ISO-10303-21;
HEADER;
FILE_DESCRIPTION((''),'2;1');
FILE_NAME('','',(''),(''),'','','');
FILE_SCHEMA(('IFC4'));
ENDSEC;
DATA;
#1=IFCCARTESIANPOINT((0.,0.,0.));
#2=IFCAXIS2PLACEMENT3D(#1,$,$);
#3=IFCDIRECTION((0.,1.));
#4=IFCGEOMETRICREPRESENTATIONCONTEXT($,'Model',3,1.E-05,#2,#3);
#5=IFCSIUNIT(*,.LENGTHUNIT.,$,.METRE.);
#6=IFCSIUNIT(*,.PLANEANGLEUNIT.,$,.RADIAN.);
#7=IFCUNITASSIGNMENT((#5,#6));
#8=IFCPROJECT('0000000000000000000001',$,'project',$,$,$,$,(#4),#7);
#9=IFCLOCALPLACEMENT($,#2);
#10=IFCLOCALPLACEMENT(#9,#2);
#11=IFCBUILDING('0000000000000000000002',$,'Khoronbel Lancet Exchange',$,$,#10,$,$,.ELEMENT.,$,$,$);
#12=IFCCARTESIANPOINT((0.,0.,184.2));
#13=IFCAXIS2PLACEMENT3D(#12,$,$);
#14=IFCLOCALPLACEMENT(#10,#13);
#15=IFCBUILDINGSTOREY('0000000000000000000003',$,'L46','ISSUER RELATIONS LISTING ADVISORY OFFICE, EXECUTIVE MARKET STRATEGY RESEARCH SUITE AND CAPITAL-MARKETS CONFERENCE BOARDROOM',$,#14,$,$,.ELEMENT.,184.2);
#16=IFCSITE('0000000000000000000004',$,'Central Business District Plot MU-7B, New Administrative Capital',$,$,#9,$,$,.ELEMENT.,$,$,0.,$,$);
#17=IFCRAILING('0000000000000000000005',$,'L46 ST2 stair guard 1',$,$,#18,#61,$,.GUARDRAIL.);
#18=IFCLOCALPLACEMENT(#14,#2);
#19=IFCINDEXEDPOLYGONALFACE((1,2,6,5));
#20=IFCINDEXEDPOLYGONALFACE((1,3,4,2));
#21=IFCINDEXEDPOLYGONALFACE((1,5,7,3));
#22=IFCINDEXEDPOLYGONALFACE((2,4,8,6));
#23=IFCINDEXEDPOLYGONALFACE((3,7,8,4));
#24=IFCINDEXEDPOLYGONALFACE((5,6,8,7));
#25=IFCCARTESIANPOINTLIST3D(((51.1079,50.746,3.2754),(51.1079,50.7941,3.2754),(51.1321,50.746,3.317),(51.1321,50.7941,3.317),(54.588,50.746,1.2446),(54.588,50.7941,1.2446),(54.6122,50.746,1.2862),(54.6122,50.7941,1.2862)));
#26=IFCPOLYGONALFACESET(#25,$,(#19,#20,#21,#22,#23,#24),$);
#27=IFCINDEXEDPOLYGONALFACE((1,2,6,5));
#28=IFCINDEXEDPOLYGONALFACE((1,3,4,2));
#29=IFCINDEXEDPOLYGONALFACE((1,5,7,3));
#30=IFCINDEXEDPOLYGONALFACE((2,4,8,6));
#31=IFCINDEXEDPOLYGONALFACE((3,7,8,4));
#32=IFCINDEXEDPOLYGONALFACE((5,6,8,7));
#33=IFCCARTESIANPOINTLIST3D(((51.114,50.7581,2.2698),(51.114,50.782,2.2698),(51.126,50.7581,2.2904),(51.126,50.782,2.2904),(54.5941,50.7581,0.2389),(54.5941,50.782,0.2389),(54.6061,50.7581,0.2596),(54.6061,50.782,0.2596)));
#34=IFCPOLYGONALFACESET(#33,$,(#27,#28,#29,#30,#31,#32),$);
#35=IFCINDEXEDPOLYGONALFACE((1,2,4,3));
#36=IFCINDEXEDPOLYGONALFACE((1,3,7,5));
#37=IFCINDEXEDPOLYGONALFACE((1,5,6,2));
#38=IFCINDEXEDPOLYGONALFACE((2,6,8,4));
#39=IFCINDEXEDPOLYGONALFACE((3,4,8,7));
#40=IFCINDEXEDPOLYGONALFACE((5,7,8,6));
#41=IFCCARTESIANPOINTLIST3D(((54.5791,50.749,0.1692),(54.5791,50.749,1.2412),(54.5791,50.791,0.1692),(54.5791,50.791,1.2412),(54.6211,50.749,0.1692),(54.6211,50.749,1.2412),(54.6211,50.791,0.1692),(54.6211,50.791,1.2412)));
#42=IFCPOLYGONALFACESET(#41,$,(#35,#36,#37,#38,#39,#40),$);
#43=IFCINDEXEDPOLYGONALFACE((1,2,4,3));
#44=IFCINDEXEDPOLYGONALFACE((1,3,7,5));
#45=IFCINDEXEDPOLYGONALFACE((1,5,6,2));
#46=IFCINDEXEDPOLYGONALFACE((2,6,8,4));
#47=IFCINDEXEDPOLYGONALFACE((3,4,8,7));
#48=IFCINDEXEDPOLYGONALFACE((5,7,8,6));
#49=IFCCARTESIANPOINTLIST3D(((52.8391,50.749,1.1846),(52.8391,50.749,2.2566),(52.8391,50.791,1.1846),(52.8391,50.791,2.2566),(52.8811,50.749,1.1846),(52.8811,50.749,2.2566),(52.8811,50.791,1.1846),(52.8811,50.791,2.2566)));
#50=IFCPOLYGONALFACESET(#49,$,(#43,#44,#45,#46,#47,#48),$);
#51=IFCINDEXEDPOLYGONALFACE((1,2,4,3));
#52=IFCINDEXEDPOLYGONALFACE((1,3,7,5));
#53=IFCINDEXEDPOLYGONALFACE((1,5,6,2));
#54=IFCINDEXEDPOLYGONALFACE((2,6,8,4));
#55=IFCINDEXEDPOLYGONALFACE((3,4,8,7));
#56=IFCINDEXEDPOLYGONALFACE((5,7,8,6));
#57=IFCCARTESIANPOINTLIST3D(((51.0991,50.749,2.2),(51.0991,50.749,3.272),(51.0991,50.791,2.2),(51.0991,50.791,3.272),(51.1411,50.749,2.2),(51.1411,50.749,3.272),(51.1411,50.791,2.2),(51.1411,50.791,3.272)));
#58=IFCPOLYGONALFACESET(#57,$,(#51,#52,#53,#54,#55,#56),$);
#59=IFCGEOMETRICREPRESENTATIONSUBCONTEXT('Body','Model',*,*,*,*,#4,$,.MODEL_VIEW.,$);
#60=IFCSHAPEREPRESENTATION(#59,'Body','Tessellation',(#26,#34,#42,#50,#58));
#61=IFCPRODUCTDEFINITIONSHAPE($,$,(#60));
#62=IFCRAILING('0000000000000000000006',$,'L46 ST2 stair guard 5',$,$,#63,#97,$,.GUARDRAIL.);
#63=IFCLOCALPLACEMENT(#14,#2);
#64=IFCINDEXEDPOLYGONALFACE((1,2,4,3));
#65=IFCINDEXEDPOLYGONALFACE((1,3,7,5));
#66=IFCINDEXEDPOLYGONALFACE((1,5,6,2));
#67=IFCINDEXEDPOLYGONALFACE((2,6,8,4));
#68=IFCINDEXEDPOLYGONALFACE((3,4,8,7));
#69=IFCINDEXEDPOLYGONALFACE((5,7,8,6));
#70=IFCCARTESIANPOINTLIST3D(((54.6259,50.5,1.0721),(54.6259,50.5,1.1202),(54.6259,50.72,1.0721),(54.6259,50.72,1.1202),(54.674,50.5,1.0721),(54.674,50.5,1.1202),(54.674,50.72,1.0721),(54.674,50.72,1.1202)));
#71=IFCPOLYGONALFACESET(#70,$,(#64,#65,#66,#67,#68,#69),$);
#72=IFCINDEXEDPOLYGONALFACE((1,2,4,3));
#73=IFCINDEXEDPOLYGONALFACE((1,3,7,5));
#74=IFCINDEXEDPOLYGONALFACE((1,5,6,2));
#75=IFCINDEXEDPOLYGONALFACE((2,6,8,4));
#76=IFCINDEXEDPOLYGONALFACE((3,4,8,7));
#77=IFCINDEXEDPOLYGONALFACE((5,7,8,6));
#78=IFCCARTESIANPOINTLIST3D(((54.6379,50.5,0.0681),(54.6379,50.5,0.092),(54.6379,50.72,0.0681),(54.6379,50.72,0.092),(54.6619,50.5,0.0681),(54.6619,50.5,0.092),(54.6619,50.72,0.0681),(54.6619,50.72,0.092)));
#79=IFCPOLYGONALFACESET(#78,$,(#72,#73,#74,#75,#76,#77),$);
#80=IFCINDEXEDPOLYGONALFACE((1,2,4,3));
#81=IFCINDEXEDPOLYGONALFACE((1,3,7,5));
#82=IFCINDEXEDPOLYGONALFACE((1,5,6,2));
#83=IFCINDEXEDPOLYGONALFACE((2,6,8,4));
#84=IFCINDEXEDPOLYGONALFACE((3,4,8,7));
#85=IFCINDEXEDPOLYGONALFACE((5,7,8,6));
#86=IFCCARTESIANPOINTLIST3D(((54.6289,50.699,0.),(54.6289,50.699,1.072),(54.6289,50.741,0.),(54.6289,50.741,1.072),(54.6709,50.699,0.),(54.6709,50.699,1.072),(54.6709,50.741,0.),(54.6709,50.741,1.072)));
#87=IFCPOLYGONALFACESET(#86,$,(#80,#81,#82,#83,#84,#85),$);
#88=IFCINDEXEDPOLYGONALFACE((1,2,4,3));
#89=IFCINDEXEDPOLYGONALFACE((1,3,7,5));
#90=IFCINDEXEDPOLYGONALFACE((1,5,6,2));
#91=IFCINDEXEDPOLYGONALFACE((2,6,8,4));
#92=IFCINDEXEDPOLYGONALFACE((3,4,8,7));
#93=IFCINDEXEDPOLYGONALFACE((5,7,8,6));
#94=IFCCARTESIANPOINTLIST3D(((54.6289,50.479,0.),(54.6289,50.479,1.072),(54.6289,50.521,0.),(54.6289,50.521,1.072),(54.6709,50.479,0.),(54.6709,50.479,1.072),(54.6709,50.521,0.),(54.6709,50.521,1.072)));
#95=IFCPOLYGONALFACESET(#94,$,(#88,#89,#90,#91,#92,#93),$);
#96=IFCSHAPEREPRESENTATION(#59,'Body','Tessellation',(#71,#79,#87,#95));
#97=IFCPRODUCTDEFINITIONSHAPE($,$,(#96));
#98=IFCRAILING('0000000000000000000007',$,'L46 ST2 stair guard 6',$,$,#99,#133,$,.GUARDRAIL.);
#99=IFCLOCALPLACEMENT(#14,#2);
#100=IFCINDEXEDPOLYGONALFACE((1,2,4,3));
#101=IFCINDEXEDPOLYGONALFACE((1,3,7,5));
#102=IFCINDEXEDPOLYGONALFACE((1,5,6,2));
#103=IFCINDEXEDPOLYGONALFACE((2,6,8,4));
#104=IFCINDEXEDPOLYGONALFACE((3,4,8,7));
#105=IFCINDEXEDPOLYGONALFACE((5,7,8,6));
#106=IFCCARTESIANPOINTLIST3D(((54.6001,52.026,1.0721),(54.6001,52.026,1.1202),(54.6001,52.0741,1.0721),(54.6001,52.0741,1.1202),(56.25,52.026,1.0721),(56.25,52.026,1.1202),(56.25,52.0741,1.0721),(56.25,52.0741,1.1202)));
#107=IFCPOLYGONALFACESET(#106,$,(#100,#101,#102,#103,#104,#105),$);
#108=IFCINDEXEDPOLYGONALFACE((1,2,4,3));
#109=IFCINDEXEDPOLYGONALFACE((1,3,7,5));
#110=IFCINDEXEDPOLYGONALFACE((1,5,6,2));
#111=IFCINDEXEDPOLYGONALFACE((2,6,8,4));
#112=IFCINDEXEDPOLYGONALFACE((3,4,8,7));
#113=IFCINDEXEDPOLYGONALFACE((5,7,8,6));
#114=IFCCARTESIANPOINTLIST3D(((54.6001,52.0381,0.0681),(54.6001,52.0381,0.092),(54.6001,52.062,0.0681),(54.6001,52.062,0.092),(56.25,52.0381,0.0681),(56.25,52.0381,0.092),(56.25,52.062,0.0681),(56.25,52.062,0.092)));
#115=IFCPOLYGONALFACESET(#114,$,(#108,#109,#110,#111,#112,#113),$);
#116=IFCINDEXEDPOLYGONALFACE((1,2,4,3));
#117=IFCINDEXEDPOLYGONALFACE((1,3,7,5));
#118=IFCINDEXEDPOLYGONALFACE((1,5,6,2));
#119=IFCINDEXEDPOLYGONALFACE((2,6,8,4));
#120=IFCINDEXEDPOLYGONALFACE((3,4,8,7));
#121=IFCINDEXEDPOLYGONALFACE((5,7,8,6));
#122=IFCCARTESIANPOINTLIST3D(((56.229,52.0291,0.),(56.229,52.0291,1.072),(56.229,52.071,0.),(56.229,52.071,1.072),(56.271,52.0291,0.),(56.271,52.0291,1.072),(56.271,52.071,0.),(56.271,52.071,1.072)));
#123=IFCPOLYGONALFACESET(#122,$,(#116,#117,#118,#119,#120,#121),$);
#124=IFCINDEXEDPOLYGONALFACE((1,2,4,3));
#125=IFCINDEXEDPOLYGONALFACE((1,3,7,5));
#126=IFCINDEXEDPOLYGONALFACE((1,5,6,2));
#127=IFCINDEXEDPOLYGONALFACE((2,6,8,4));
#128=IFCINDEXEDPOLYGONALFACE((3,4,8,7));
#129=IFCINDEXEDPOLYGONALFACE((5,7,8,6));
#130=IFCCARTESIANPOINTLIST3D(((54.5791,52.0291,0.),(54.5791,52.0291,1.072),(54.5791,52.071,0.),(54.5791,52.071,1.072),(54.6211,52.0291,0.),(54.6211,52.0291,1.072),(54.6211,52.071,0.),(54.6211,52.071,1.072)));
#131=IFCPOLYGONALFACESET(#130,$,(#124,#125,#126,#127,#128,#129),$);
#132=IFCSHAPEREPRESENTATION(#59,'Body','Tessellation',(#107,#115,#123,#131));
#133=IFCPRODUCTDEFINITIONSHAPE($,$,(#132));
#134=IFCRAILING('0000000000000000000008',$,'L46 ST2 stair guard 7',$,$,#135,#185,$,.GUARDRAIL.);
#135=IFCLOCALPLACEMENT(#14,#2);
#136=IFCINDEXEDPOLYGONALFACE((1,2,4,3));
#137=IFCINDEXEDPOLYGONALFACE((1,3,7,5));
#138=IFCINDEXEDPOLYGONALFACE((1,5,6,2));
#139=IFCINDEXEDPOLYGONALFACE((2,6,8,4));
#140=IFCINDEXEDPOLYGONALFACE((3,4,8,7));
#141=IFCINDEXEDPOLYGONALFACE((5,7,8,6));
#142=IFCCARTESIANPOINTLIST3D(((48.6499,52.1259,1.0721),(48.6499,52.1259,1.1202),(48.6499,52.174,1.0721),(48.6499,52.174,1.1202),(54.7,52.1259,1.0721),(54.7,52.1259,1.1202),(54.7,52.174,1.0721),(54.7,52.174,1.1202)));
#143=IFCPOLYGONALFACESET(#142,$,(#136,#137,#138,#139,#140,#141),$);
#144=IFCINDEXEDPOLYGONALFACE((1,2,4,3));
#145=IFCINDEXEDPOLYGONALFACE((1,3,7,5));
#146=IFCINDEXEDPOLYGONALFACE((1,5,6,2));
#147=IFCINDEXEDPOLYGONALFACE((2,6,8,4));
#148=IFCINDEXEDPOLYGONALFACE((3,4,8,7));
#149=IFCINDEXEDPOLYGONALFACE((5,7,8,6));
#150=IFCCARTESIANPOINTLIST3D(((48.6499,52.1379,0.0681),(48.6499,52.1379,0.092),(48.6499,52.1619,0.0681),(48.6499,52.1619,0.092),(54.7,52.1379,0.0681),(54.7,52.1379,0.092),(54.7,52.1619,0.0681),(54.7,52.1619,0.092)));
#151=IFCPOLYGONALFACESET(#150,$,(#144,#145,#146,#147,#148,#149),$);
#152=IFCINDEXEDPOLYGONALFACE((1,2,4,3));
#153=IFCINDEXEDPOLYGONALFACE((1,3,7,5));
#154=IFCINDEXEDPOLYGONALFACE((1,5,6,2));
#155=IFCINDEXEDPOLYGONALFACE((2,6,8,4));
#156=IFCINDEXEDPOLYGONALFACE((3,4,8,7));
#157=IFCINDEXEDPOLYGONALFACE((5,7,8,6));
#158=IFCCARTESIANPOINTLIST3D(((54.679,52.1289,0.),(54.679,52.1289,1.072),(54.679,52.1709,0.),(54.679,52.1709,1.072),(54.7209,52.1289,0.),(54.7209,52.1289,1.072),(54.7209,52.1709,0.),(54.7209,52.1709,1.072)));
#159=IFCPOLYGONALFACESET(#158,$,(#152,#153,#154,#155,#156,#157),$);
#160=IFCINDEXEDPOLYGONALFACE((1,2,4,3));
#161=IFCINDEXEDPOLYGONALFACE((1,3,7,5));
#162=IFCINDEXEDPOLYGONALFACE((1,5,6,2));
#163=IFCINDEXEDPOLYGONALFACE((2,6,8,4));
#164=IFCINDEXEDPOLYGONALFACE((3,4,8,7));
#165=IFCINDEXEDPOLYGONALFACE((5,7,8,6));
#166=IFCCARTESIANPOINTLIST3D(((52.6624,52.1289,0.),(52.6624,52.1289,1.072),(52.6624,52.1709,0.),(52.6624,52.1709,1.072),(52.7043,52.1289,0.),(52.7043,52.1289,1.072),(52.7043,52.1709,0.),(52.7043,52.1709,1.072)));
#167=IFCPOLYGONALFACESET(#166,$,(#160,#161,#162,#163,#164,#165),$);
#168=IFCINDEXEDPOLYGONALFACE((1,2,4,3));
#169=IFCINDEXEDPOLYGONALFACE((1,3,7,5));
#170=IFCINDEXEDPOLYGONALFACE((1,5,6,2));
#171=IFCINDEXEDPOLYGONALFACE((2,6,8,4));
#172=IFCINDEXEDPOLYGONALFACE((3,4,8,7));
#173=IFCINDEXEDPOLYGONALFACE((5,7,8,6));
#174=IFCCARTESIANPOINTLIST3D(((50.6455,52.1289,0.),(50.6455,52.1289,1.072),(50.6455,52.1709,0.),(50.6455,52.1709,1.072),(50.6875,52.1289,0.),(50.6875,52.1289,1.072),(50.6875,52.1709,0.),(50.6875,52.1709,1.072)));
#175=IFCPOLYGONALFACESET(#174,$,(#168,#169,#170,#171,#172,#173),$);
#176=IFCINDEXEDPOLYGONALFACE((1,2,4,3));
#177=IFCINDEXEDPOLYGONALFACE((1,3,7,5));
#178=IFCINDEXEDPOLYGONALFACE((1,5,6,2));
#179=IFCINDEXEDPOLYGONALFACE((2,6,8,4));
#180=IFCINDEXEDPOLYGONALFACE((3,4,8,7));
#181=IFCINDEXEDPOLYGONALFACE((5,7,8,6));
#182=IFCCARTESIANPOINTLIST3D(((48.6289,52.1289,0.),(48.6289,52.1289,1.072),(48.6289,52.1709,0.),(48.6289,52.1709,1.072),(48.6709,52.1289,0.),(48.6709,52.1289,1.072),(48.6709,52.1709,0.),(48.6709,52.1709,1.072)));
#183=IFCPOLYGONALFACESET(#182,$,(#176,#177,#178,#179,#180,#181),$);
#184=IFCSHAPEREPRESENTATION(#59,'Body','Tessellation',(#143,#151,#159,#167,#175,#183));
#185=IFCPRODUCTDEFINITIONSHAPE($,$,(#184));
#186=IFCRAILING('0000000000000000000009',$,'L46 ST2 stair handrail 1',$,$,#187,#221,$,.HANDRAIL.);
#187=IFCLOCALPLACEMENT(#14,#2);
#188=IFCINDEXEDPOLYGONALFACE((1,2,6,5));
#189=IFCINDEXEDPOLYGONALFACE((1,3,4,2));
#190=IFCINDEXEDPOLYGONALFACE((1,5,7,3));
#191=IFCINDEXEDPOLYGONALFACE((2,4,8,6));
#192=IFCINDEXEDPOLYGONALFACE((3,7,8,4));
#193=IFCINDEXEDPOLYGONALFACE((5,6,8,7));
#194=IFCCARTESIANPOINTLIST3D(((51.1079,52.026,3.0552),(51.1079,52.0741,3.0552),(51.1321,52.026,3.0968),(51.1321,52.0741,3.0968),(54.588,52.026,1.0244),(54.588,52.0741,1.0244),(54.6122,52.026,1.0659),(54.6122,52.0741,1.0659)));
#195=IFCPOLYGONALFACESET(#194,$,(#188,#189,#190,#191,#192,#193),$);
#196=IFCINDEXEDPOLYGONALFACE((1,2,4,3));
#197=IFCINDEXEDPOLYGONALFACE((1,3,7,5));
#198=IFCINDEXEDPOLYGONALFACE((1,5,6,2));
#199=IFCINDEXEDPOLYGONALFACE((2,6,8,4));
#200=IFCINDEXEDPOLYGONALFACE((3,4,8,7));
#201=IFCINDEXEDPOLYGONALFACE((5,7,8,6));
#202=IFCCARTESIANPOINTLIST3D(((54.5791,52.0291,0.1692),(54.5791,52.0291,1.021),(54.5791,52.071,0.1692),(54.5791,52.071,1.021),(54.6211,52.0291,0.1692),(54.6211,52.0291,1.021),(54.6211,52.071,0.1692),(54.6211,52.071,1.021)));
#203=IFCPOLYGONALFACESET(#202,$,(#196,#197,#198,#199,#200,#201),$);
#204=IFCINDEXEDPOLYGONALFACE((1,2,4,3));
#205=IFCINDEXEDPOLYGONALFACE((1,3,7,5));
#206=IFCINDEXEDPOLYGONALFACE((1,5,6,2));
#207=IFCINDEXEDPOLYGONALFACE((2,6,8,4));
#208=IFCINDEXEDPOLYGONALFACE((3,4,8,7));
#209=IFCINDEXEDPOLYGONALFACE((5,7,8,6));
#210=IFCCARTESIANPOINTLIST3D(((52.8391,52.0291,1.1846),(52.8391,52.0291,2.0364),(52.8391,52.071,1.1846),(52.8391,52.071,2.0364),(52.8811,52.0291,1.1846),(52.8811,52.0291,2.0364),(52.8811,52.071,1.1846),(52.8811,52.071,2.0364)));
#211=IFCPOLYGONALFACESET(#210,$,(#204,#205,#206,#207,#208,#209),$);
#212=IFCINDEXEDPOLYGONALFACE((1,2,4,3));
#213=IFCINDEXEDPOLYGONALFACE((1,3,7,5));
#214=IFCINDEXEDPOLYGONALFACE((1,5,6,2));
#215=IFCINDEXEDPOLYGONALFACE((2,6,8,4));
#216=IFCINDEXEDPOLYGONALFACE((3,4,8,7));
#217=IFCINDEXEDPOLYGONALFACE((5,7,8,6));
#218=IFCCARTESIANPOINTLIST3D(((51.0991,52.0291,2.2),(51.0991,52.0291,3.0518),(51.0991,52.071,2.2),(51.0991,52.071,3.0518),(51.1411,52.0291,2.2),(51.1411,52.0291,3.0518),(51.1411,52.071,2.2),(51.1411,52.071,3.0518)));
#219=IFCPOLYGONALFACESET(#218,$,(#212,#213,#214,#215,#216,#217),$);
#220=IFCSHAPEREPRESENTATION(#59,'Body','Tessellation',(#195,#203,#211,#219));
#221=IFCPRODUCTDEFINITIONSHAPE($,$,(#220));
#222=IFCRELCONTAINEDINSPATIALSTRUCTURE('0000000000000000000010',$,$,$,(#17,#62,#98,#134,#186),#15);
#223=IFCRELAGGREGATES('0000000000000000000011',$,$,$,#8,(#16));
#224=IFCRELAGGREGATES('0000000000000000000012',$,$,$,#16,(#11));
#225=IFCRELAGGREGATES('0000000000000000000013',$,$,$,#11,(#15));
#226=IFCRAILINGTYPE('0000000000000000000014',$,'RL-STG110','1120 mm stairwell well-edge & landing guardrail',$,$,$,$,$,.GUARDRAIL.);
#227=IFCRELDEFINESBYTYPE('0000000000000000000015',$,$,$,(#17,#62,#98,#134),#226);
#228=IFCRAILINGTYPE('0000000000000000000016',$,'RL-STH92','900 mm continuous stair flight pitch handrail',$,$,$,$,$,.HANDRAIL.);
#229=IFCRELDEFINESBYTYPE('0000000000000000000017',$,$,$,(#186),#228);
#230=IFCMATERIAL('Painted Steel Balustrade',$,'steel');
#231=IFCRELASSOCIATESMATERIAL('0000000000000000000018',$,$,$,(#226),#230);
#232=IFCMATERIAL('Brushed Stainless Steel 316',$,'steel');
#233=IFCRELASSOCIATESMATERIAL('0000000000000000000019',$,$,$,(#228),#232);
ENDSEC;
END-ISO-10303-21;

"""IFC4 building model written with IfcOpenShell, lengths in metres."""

from ifc_helpers import new_model, si_unit, direction, frame, origin, origin_2d, place, context, subcontext, project, spatial, rectangle, extrude, material, type_object, element, save


model = new_model("IFC4")

# Units and contexts
model_context = context("Model", 3, precision=1e-05, world=origin(), true_north=direction((0.0, 1.0)))
body_context = subcontext(model_context, "Body", "Model", "MODEL_VIEW")
ifc_project = project(units=[si_unit("LENGTHUNIT", "METRE"), si_unit("PLANEANGLEUNIT", "RADIAN")], contexts=[model_context])

# Site, building, storey
site_placement = place(None, origin())
site = spatial("IfcSite", under=ifc_project, at=site_placement, Name="Central Business District Plot MU-7B, New Administrative Capital", CompositionType="ELEMENT", RefElevation=0.0)
building_placement = place(site_placement, origin())
building = spatial("IfcBuilding", under=site, at=building_placement, Name="Khoronbel Lancet Exchange", CompositionType="ELEMENT")
storey_placement = place(building_placement, frame((0.0, 0.0, 184.2)))
storey = spatial("IfcBuildingStorey", under=building, at=storey_placement, Name="L46", Description="ISSUER RELATIONS LISTING ADVISORY OFFICE, EXECUTIVE MARKET STRATEGY RESEARCH SUITE AND CAPITAL-MARKETS CONFERENCE BOARDROOM", CompositionType="ELEMENT", Elevation=184.2)

# Railings
ifc_material_1 = material(Name="Painted Steel Balustrade", Category="steel")
railing_type_1 = type_object("IfcRailingType", Name="RL-STG110", Description="1120 mm stairwell well-edge & landing guardrail", PredefinedType="GUARDRAIL", material=ifc_material_1)
railing_1_placement = place(storey_placement, frame((54.6001, 50.77, 0.1692)))
element("IfcRailing", 1, at=railing_1_placement, inside=storey, type_object=railing_type_1, Name="L46 ST2 stair guard 1", PredefinedType="GUARDRAIL", context=body_context, shape_type="SweptSolid", body=[
    extrude(rectangle(XDim=0.0481, YDim=0.0481, at=origin_2d()), frame((0.0, 0.0, 1.0962), z_axis=(-0.863695, 0.0, 0.504014), x_axis=(0.0, -1.0, 0.0)), (0.0, 0.0, 1.0), 4.0293),
    extrude(rectangle(XDim=0.0239, YDim=0.0239, at=origin_2d()), frame((0.0, 0.0, 0.0801), z_axis=(-0.863695, 0.0, 0.504014), x_axis=(0.0, -1.0, 0.0)), (0.0, 0.0, 1.0), 4.0293),
    extrude(rectangle(XDim=0.042, YDim=0.042, at=origin_2d()), origin(), (0.0, 0.0, 1.0), 1.072),
    extrude(rectangle(XDim=0.042, YDim=0.042, at=origin_2d()), frame((-1.74, 0.0, 1.0154)), (0.0, 0.0, 1.0), 1.072),
    extrude(rectangle(XDim=0.042, YDim=0.042, at=origin_2d()), frame((-3.48, 0.0, 2.0308)), (0.0, 0.0, 1.0), 1.072),
])
railing_2_placement = place(storey_placement, frame((54.6499, 50.72, 0.0)))
element("IfcRailing", 2, at=railing_2_placement, inside=storey, type_object=railing_type_1, Name="L46 ST2 stair guard 5", PredefinedType="GUARDRAIL", context=body_context, shape_type="SweptSolid", body=[
    extrude(rectangle(XDim=0.0481, YDim=0.0481, at=origin_2d()), frame((0.0, 0.0, 1.0962), z_axis=(0.0, -1.0, 0.0), x_axis=(1.0, 0.0, 0.0)), (0.0, 0.0, 1.0), 0.22),
    extrude(rectangle(XDim=0.0239, YDim=0.0239, at=origin_2d()), frame((0.0, 0.0, 0.0801), z_axis=(0.0, -1.0, 0.0), x_axis=(1.0, 0.0, 0.0)), (0.0, 0.0, 1.0), 0.22),
    extrude(rectangle(XDim=0.042, YDim=0.042, at=origin_2d()), origin(), (0.0, 0.0, 1.0), 1.072),
    extrude(rectangle(XDim=0.042, YDim=0.042, at=origin_2d()), frame((0.0, -0.22, 0.0)), (0.0, 0.0, 1.0), 1.072),
])
railing_3_placement = place(storey_placement, frame((56.25, 52.05, 0.0)))
element("IfcRailing", 3, at=railing_3_placement, inside=storey, type_object=railing_type_1, Name="L46 ST2 stair guard 6", PredefinedType="GUARDRAIL", context=body_context, shape_type="SweptSolid", body=[
    extrude(rectangle(XDim=0.0481, YDim=0.0481, at=origin_2d()), frame((0.0, 0.0, 1.0962), z_axis=(-1.0, 0.0, 0.0), x_axis=(0.0, -1.0, 0.0)), (0.0, 0.0, 1.0), 1.6499),
    extrude(rectangle(XDim=0.0239, YDim=0.0239, at=origin_2d()), frame((0.0, 0.0, 0.0801), z_axis=(-1.0, 0.0, 0.0), x_axis=(0.0, -1.0, 0.0)), (0.0, 0.0, 1.0), 1.6499),
    extrude(rectangle(XDim=0.042, YDim=0.042, at=origin_2d()), origin(), (0.0, 0.0, 1.0), 1.072),
    extrude(rectangle(XDim=0.042, YDim=0.042, at=origin_2d()), frame((-1.6499, 0.0, 0.0)), (0.0, 0.0, 1.0), 1.072),
])
railing_4_placement = place(storey_placement, frame((54.7, 52.1499, 0.0)))
element("IfcRailing", 4, at=railing_4_placement, inside=storey, type_object=railing_type_1, Name="L46 ST2 stair guard 7", PredefinedType="GUARDRAIL", context=body_context, shape_type="SweptSolid", body=[
    extrude(rectangle(XDim=0.0481, YDim=0.0481, at=origin_2d()), frame((0.0, 0.0, 1.0962), z_axis=(-1.0, 0.0, 0.0), x_axis=(0.0, -1.0, 0.0)), (0.0, 0.0, 1.0), 6.05),
    extrude(rectangle(XDim=0.0239, YDim=0.0239, at=origin_2d()), frame((0.0, 0.0, 0.0801), z_axis=(-1.0, 0.0, 0.0), x_axis=(0.0, -1.0, 0.0)), (0.0, 0.0, 1.0), 6.05),
    extrude(rectangle(XDim=0.042, YDim=0.042, at=origin_2d()), origin(), (0.0, 0.0, 1.0), 1.072),
    extrude(rectangle(XDim=0.042, YDim=0.042, at=origin_2d()), frame((-2.0166, 0.0, 0.0)), (0.0, 0.0, 1.0), 1.072),
    extrude(rectangle(XDim=0.042, YDim=0.042, at=origin_2d()), frame((-4.0334, 0.0, 0.0)), (0.0, 0.0, 1.0), 1.072),
    extrude(rectangle(XDim=0.042, YDim=0.042, at=origin_2d()), frame((-6.05, 0.0, 0.0)), (0.0, 0.0, 1.0), 1.072),
])
ifc_material_2 = material(Name="Brushed Stainless Steel 316", Category="steel")
railing_type_2 = type_object("IfcRailingType", Name="RL-STH92", Description="900 mm continuous stair flight pitch handrail", PredefinedType="HANDRAIL", material=ifc_material_2)
railing_5_placement = place(storey_placement, frame((54.6001, 52.05, 0.1692)))
element("IfcRailing", 5, at=railing_5_placement, inside=storey, type_object=railing_type_2, Name="L46 ST2 stair handrail 1", PredefinedType="HANDRAIL", context=body_context, shape_type="SweptSolid", body=[
    extrude(rectangle(XDim=0.0481, YDim=0.0481, at=origin_2d()), frame((0.0, 0.0, 0.876), z_axis=(-0.863695, 0.0, 0.504014), x_axis=(0.0, -1.0, 0.0)), (0.0, 0.0, 1.0), 4.0293),
    extrude(rectangle(XDim=0.042, YDim=0.042, at=origin_2d()), origin(), (0.0, 0.0, 1.0), 0.8518),
    extrude(rectangle(XDim=0.042, YDim=0.042, at=origin_2d()), frame((-1.74, 0.0, 1.0154)), (0.0, 0.0, 1.0), 0.8518),
    extrude(rectangle(XDim=0.042, YDim=0.042, at=origin_2d()), frame((-3.48, 0.0, 2.0308)), (0.0, 0.0, 1.0), 0.8518),
])

save(model, "model.ifc")
